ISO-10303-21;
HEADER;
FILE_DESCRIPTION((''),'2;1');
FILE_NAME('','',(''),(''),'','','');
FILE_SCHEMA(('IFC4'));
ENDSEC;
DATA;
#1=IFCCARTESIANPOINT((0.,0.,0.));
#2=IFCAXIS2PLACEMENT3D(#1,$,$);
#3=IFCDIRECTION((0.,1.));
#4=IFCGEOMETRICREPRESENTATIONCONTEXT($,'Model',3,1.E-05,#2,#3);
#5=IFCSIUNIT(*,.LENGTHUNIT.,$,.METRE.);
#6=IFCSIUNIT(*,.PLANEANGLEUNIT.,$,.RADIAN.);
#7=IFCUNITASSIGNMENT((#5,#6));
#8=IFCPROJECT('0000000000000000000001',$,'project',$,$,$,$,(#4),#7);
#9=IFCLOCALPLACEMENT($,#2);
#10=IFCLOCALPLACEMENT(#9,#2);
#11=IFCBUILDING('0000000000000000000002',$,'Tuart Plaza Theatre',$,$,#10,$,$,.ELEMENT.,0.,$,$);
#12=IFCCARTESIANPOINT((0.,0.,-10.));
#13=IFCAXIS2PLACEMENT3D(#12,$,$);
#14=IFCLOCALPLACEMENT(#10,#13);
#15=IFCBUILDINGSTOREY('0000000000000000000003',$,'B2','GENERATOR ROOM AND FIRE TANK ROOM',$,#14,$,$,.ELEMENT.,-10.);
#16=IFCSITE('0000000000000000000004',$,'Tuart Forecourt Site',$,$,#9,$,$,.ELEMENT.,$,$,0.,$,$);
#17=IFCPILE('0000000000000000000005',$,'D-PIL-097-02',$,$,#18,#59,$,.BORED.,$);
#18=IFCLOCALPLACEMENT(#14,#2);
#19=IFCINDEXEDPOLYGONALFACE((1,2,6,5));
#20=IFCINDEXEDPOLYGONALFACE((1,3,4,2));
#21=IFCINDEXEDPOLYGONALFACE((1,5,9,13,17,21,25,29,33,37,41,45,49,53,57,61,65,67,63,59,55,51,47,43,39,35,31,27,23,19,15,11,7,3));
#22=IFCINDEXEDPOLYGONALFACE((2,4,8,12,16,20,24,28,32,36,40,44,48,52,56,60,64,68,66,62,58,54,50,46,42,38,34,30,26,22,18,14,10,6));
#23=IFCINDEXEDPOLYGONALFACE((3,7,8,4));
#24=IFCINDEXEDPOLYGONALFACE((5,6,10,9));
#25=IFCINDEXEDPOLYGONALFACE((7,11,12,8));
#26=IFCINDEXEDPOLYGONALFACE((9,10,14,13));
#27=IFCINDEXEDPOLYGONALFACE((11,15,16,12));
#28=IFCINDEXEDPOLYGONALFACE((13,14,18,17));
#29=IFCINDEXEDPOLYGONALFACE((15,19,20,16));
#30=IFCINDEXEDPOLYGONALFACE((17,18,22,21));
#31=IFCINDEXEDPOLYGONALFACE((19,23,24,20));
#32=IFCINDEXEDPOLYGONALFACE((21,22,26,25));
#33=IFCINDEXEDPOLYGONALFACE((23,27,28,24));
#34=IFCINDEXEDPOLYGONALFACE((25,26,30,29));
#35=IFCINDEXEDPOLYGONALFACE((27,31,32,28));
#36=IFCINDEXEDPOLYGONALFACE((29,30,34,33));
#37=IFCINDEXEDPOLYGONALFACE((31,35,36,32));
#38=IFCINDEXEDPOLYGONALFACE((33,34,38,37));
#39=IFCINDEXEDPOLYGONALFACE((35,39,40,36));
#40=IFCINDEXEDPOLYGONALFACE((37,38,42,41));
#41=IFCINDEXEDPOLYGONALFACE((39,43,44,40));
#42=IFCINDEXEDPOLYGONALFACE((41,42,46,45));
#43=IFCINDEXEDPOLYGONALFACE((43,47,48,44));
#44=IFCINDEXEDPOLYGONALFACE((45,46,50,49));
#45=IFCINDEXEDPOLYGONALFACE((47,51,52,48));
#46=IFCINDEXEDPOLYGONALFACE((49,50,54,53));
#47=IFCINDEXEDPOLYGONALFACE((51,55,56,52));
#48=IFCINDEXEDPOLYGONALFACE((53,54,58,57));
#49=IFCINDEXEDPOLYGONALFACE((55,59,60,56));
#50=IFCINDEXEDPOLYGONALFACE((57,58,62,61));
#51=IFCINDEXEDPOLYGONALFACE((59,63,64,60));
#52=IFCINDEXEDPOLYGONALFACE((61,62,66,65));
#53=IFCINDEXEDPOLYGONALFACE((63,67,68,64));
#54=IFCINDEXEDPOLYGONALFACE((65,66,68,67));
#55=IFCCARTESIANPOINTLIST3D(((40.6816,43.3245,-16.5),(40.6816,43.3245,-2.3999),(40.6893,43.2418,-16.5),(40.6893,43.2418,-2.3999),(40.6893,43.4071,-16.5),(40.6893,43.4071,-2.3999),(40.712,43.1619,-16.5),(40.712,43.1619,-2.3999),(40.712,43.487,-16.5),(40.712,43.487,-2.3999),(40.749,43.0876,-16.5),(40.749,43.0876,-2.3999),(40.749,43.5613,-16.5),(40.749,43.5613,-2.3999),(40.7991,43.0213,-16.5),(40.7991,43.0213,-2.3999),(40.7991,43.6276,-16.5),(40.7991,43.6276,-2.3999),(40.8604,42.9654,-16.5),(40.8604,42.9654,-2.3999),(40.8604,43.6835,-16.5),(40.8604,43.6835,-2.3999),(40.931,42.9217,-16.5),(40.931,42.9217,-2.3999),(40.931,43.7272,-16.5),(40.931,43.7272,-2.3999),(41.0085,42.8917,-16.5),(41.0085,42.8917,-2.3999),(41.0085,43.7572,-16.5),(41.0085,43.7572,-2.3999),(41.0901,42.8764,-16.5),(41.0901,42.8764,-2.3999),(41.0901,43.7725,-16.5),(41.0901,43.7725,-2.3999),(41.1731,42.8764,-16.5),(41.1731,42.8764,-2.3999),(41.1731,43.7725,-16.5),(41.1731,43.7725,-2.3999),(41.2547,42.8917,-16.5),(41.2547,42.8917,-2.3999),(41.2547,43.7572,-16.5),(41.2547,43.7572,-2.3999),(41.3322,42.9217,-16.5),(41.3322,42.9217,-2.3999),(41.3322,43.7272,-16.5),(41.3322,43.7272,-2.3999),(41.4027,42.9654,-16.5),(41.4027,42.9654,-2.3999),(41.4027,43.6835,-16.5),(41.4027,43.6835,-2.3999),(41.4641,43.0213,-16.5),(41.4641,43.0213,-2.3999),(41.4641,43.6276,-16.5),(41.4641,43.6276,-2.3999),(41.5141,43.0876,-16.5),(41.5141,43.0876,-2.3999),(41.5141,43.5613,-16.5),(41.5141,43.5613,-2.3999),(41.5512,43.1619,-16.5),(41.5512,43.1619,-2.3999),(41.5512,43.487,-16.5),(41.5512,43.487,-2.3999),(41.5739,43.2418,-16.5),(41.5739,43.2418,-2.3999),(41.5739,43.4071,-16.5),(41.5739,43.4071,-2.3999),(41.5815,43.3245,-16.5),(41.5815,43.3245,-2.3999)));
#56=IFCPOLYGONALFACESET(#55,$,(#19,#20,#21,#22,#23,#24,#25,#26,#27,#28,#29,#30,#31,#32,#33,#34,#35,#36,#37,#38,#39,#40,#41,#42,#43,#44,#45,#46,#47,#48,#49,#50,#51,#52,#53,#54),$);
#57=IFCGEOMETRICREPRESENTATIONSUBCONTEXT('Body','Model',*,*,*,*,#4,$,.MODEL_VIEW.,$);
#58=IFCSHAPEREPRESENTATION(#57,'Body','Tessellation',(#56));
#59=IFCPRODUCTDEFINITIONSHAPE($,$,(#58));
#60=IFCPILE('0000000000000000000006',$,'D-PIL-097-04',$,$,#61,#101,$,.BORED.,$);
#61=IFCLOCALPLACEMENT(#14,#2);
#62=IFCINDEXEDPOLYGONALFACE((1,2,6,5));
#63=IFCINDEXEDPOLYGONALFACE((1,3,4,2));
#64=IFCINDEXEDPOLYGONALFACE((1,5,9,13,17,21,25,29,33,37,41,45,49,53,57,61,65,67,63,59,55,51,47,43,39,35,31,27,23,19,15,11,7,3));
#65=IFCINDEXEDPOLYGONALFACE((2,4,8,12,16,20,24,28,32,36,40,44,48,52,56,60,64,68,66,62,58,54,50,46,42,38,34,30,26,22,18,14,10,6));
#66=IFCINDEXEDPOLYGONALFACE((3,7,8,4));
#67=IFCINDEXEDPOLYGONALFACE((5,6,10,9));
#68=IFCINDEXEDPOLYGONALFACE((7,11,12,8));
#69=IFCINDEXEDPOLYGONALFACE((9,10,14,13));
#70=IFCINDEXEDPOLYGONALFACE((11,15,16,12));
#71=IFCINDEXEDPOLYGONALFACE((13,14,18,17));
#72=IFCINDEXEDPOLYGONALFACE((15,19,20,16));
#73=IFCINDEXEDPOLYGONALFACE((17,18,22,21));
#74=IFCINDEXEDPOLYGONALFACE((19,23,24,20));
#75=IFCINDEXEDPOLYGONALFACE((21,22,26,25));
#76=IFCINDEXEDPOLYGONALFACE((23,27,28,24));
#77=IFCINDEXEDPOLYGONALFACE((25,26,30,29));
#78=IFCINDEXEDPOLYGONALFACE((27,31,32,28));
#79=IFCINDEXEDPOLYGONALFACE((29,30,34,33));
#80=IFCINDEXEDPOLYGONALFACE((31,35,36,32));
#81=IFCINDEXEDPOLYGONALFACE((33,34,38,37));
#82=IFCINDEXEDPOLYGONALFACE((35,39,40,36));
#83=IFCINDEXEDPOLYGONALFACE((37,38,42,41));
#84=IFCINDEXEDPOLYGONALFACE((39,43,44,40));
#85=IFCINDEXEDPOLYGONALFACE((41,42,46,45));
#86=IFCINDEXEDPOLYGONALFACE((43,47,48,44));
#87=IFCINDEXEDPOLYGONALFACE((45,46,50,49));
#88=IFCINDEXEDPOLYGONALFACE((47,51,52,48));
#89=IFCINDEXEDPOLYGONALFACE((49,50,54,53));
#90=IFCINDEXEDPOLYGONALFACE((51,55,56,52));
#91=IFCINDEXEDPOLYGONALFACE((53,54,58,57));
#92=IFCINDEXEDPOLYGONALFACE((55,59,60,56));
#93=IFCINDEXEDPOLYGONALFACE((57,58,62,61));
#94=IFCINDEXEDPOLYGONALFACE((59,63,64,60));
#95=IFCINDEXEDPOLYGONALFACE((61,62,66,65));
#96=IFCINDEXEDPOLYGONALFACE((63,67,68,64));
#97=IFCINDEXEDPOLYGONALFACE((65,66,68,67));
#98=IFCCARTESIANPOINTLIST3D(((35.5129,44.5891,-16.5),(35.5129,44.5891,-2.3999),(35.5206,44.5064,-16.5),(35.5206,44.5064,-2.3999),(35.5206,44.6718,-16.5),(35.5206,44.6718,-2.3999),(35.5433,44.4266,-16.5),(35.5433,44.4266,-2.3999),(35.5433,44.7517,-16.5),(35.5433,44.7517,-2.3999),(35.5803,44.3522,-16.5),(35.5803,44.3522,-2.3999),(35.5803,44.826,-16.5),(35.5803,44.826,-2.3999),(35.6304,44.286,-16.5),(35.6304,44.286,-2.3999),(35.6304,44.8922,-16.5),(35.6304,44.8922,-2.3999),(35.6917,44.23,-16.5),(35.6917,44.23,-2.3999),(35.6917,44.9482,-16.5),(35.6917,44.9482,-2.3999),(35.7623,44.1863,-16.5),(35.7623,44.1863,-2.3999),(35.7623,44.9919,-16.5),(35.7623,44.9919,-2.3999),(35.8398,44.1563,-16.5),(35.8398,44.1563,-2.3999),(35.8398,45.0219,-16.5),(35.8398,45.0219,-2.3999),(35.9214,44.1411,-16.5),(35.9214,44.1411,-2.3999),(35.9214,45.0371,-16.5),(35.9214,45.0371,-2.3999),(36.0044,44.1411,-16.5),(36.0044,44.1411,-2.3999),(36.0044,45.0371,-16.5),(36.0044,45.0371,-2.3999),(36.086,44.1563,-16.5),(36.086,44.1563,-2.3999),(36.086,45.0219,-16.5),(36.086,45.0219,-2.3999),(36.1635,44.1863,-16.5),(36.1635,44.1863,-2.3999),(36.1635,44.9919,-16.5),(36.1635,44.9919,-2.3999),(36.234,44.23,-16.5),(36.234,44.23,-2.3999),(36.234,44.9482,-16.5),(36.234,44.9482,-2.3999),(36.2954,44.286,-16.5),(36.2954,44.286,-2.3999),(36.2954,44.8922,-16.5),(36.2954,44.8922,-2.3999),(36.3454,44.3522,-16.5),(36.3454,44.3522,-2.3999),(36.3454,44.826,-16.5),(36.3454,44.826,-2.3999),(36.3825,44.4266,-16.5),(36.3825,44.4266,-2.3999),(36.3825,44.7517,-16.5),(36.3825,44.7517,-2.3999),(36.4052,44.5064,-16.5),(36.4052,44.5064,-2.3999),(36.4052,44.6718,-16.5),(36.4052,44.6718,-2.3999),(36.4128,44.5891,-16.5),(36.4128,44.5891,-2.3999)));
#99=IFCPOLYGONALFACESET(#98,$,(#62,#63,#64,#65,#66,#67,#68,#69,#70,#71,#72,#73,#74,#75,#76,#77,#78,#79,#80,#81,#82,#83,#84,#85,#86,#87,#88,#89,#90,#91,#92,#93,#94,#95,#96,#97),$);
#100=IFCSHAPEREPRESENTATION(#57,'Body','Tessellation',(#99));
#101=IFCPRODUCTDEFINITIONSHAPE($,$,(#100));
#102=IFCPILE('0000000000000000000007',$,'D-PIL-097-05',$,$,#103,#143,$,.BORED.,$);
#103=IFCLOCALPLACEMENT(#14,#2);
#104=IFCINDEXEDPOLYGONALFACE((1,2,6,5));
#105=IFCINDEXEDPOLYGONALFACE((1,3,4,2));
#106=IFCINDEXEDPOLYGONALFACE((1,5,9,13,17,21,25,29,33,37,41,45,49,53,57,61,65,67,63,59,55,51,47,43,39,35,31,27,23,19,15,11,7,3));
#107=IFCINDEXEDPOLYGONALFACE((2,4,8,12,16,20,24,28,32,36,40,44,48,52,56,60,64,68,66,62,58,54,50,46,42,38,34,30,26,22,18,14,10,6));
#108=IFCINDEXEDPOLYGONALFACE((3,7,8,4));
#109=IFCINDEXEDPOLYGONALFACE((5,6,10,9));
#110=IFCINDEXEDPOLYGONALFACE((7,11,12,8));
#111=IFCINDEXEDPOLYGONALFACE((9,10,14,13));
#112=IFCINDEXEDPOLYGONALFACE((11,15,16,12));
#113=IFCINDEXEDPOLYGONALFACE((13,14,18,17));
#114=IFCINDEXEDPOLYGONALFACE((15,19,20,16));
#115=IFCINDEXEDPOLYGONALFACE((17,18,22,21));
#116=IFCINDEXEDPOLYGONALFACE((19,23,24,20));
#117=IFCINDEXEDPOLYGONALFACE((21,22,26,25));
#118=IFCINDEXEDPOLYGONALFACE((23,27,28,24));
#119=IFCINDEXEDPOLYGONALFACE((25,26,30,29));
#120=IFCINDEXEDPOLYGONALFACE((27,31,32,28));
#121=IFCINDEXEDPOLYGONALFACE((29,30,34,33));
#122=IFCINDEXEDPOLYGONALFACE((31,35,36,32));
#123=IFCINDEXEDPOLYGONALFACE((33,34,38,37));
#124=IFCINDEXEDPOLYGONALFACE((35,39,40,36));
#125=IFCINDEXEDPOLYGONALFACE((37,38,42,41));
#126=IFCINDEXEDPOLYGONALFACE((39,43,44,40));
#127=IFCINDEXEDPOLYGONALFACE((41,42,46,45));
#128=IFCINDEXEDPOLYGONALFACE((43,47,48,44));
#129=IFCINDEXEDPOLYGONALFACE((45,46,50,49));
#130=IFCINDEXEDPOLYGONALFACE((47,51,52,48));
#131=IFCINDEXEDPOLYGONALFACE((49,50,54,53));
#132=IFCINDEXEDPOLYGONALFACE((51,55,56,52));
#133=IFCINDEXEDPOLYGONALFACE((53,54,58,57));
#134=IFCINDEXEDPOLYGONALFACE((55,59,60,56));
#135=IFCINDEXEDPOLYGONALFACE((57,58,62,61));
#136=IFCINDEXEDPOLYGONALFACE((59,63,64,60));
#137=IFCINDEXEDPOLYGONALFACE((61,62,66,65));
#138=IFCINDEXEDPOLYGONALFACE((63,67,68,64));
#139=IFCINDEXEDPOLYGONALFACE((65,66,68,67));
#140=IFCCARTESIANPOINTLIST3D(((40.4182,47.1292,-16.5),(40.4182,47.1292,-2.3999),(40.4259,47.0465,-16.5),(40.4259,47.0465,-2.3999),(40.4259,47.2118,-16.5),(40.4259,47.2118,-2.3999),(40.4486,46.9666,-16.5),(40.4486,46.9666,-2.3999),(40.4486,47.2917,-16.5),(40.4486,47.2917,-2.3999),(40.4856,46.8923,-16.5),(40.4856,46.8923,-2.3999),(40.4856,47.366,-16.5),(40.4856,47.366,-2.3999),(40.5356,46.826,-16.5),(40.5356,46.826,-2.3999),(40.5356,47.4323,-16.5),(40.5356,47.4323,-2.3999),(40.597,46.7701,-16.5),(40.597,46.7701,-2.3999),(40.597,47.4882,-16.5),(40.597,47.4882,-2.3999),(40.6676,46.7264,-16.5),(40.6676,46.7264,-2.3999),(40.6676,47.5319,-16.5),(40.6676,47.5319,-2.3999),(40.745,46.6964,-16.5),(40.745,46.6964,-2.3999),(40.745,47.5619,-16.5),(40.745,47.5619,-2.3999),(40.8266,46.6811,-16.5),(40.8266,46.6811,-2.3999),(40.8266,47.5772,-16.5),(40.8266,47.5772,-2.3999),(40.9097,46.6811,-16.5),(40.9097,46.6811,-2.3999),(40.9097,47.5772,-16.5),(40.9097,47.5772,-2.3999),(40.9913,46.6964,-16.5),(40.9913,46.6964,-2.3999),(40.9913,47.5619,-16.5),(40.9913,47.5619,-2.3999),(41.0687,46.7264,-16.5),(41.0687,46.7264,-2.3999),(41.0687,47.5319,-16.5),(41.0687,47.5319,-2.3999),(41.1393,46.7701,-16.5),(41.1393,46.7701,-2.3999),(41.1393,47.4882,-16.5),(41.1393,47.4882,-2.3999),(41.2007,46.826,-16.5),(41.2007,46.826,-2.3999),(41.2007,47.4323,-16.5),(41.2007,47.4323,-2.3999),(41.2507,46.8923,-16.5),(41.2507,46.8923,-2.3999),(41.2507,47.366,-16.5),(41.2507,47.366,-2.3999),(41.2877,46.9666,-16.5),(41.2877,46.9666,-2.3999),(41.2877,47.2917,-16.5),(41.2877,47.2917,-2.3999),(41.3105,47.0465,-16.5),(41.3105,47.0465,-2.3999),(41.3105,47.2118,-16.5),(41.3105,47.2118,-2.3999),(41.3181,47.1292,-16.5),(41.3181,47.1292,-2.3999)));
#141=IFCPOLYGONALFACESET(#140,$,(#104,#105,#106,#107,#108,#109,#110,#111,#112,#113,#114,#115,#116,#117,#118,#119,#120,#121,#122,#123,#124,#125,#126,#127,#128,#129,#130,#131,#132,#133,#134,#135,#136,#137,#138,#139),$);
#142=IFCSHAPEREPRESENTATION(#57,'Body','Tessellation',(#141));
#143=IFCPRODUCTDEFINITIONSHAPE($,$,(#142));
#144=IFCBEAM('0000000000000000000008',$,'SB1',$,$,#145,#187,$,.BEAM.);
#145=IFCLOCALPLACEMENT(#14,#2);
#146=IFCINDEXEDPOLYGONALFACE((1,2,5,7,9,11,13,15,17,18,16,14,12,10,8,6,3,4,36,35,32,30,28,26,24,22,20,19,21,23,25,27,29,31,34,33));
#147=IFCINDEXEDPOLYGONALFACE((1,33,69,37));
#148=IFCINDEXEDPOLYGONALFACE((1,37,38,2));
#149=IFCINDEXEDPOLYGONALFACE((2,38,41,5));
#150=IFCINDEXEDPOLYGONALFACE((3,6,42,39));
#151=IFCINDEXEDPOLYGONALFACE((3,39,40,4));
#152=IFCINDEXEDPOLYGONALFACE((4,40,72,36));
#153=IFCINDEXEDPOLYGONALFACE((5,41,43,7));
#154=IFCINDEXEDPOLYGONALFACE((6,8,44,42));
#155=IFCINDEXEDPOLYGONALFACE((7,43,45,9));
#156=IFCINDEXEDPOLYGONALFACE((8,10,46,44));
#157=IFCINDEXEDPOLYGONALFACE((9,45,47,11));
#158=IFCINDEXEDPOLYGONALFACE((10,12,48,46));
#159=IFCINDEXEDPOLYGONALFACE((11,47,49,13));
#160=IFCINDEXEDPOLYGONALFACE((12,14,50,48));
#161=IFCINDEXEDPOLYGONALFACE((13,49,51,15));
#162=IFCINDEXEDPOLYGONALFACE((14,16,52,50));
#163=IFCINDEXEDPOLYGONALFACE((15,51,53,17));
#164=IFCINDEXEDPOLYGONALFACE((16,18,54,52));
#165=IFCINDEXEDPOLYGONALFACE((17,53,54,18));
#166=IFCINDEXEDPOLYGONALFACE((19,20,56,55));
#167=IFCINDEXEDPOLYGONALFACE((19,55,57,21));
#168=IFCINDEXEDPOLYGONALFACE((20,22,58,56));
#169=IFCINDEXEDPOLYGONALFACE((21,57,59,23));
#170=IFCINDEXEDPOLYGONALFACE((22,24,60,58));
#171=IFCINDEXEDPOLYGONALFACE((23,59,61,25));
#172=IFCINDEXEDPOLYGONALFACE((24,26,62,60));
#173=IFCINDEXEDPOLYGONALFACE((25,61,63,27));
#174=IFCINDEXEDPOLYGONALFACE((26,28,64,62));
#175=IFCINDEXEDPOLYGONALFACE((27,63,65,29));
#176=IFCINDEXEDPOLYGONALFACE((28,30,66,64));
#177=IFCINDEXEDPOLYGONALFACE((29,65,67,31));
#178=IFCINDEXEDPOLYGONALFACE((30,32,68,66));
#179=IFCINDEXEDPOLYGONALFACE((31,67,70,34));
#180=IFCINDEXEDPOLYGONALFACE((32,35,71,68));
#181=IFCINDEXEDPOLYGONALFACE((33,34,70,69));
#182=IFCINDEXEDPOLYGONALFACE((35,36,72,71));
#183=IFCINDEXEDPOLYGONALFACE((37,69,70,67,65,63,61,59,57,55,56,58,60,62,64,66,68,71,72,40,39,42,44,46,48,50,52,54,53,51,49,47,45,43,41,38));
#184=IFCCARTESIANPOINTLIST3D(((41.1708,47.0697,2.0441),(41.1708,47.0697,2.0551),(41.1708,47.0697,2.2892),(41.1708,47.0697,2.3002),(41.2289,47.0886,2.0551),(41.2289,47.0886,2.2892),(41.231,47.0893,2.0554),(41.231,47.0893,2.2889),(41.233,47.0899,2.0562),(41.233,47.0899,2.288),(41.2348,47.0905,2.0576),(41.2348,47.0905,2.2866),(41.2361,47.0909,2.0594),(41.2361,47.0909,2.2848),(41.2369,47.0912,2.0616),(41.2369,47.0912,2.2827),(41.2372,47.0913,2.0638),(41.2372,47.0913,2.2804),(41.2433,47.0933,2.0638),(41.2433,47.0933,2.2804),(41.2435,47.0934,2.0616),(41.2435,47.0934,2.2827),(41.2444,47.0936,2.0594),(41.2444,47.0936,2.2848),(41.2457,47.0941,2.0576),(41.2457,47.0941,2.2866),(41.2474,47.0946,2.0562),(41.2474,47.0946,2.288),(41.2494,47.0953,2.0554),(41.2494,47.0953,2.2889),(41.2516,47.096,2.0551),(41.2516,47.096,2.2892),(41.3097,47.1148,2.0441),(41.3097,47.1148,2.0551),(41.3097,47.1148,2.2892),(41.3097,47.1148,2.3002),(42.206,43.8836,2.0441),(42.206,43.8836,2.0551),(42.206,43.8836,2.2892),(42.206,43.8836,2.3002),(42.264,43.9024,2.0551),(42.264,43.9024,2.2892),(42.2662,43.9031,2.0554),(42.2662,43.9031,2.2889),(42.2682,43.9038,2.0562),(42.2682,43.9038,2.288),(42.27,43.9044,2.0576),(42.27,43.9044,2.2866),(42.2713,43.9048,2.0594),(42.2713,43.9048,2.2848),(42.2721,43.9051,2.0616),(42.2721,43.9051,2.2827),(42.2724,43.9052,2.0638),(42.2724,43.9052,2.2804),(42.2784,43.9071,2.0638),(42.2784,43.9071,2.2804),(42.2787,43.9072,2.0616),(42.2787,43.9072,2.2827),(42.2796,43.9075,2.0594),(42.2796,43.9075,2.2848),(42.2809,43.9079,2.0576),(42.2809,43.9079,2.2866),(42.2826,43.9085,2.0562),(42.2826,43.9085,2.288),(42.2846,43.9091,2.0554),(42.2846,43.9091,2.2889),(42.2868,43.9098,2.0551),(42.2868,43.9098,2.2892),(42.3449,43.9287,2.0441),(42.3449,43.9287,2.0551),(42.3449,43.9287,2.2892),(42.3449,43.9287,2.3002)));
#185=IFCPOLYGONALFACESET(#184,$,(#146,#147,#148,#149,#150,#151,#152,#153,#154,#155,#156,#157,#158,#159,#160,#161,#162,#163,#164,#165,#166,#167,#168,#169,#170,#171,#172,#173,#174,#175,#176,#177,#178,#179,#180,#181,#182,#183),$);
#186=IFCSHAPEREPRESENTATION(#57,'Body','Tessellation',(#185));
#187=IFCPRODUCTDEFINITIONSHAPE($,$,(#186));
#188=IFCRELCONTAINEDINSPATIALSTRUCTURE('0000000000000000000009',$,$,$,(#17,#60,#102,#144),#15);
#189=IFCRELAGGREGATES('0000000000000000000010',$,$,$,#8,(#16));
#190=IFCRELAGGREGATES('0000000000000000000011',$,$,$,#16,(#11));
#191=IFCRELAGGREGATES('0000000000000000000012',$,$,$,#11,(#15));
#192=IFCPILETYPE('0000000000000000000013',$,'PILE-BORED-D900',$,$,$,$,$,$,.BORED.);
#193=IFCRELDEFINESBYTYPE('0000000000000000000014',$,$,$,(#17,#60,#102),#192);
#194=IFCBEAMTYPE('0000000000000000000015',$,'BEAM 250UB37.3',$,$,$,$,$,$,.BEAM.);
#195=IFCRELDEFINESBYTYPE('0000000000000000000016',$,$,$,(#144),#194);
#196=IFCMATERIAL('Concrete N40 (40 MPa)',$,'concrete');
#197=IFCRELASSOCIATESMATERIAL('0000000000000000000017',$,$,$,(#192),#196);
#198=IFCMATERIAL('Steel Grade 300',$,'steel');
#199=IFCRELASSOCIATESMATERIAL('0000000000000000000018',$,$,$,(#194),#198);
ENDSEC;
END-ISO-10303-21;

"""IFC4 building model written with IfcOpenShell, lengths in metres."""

from ifc_helpers import new_model, si_unit, direction, frame, origin, origin_2d, place, context, subcontext, project, spatial, circle, i_section, extrude, material, material_profile, profile_set, type_object, element, save


model = new_model("IFC4")

# Units and contexts
model_context = context("Model", 3, precision=1e-05, world=origin(), true_north=direction((0.0, 1.0)))
body_context = subcontext(model_context, "Body", "Model", "MODEL_VIEW")
ifc_project = project(units=[si_unit("LENGTHUNIT", "METRE"), si_unit("PLANEANGLEUNIT", "RADIAN")], contexts=[model_context])

# Site, building, storey
site_placement = place(None, origin())
site = spatial("IfcSite", under=ifc_project, at=site_placement, Name="Tuart Forecourt Site", CompositionType="ELEMENT", RefElevation=0.0)
building_placement = place(site_placement, origin())
building = spatial("IfcBuilding", under=site, at=building_placement, Name="Tuart Plaza Theatre", CompositionType="ELEMENT", ElevationOfRefHeight=0.0)
storey_placement = place(building_placement, frame((0.0, 0.0, -10.0)))
storey = spatial("IfcBuildingStorey", under=building, at=storey_placement, Name="B2", Description="GENERATOR ROOM AND FIRE TANK ROOM", CompositionType="ELEMENT", Elevation=-10.0)

# Piles
ifc_material_1 = material(Name="Concrete N40 (40 MPa)", Category="concrete")
ifc_material_profile_1 = material_profile(ifc_material_1, circle(Radius=0.45, at=origin_2d()), Name="PILE-BORED-D900")
ifc_profile_set_1 = profile_set([ifc_material_profile_1], Name="Concrete N40 (40 MPa)")
pile_type = type_object("IfcPileType", Name="PILE-BORED-D900", PredefinedType="BORED", material=ifc_profile_set_1)
for number, where, z_axis, x_axis, name in (
    (1, (41.1316, 43.3245, -2.3999), (0.0, 0.0, -1.0), (1.0, 0.0, 0.0), "D-PIL-097-02"),
    (2, (35.9629, 44.5891, -2.3999), (0.0, 0.0, -1.0), (1.0, 0.0, 0.0), "D-PIL-097-04"),
    (3, (40.8682, 47.1292, -2.3999), (0.0, 0.0, -1.0), (1.0, 0.0, 0.0), "D-PIL-097-05"),
):
    element("IfcPile", number, at=place(storey_placement, frame(where, z_axis=z_axis, x_axis=x_axis)), inside=storey, type_object=pile_type, Name=name, PredefinedType="BORED", context=body_context, shape_type="SweptSolid", body=[
        extrude(circle(Radius=0.45, at=origin_2d()), origin(), (0.0, 0.0, 1.0), 14.1001),
    ])

# Beam
ifc_material_2 = material(Name="Steel Grade 300", Category="steel")
ifc_material_profile_2 = material_profile(ifc_material_2, i_section(OverallWidth=0.146, OverallDepth=0.2561, WebThickness=0.0063, FlangeThickness=0.011, FilletRadius=0.0088, at=origin_2d()), Name="250UB37.3")
ifc_profile_set_2 = profile_set([ifc_material_profile_2], Name="Steel Grade 300")
beam_type = type_object("IfcBeamType", Name="BEAM 250UB37.3", PredefinedType="BEAM", material=ifc_profile_set_2)
for number, where, z_axis, x_axis, name in (
    (4, (41.2402, 47.0923, 2.1721), (0.309004, -0.951061, 0.0), (0.951061, 0.309004, 0.0), "SB1"),
):
    element("IfcBeam", number, at=place(storey_placement, frame(where, z_axis=z_axis, x_axis=x_axis)), inside=storey, type_object=beam_type, Name=name, PredefinedType="BEAM", context=body_context, shape_type="SweptSolid", body=[
        extrude(i_section(OverallWidth=0.146, OverallDepth=0.2561, WebThickness=0.0063, FlangeThickness=0.011, FilletRadius=0.0088, at=origin_2d()), origin(), (0.0, 0.0, 1.0), 3.3501),
    ])

save(model, "model.ifc")
